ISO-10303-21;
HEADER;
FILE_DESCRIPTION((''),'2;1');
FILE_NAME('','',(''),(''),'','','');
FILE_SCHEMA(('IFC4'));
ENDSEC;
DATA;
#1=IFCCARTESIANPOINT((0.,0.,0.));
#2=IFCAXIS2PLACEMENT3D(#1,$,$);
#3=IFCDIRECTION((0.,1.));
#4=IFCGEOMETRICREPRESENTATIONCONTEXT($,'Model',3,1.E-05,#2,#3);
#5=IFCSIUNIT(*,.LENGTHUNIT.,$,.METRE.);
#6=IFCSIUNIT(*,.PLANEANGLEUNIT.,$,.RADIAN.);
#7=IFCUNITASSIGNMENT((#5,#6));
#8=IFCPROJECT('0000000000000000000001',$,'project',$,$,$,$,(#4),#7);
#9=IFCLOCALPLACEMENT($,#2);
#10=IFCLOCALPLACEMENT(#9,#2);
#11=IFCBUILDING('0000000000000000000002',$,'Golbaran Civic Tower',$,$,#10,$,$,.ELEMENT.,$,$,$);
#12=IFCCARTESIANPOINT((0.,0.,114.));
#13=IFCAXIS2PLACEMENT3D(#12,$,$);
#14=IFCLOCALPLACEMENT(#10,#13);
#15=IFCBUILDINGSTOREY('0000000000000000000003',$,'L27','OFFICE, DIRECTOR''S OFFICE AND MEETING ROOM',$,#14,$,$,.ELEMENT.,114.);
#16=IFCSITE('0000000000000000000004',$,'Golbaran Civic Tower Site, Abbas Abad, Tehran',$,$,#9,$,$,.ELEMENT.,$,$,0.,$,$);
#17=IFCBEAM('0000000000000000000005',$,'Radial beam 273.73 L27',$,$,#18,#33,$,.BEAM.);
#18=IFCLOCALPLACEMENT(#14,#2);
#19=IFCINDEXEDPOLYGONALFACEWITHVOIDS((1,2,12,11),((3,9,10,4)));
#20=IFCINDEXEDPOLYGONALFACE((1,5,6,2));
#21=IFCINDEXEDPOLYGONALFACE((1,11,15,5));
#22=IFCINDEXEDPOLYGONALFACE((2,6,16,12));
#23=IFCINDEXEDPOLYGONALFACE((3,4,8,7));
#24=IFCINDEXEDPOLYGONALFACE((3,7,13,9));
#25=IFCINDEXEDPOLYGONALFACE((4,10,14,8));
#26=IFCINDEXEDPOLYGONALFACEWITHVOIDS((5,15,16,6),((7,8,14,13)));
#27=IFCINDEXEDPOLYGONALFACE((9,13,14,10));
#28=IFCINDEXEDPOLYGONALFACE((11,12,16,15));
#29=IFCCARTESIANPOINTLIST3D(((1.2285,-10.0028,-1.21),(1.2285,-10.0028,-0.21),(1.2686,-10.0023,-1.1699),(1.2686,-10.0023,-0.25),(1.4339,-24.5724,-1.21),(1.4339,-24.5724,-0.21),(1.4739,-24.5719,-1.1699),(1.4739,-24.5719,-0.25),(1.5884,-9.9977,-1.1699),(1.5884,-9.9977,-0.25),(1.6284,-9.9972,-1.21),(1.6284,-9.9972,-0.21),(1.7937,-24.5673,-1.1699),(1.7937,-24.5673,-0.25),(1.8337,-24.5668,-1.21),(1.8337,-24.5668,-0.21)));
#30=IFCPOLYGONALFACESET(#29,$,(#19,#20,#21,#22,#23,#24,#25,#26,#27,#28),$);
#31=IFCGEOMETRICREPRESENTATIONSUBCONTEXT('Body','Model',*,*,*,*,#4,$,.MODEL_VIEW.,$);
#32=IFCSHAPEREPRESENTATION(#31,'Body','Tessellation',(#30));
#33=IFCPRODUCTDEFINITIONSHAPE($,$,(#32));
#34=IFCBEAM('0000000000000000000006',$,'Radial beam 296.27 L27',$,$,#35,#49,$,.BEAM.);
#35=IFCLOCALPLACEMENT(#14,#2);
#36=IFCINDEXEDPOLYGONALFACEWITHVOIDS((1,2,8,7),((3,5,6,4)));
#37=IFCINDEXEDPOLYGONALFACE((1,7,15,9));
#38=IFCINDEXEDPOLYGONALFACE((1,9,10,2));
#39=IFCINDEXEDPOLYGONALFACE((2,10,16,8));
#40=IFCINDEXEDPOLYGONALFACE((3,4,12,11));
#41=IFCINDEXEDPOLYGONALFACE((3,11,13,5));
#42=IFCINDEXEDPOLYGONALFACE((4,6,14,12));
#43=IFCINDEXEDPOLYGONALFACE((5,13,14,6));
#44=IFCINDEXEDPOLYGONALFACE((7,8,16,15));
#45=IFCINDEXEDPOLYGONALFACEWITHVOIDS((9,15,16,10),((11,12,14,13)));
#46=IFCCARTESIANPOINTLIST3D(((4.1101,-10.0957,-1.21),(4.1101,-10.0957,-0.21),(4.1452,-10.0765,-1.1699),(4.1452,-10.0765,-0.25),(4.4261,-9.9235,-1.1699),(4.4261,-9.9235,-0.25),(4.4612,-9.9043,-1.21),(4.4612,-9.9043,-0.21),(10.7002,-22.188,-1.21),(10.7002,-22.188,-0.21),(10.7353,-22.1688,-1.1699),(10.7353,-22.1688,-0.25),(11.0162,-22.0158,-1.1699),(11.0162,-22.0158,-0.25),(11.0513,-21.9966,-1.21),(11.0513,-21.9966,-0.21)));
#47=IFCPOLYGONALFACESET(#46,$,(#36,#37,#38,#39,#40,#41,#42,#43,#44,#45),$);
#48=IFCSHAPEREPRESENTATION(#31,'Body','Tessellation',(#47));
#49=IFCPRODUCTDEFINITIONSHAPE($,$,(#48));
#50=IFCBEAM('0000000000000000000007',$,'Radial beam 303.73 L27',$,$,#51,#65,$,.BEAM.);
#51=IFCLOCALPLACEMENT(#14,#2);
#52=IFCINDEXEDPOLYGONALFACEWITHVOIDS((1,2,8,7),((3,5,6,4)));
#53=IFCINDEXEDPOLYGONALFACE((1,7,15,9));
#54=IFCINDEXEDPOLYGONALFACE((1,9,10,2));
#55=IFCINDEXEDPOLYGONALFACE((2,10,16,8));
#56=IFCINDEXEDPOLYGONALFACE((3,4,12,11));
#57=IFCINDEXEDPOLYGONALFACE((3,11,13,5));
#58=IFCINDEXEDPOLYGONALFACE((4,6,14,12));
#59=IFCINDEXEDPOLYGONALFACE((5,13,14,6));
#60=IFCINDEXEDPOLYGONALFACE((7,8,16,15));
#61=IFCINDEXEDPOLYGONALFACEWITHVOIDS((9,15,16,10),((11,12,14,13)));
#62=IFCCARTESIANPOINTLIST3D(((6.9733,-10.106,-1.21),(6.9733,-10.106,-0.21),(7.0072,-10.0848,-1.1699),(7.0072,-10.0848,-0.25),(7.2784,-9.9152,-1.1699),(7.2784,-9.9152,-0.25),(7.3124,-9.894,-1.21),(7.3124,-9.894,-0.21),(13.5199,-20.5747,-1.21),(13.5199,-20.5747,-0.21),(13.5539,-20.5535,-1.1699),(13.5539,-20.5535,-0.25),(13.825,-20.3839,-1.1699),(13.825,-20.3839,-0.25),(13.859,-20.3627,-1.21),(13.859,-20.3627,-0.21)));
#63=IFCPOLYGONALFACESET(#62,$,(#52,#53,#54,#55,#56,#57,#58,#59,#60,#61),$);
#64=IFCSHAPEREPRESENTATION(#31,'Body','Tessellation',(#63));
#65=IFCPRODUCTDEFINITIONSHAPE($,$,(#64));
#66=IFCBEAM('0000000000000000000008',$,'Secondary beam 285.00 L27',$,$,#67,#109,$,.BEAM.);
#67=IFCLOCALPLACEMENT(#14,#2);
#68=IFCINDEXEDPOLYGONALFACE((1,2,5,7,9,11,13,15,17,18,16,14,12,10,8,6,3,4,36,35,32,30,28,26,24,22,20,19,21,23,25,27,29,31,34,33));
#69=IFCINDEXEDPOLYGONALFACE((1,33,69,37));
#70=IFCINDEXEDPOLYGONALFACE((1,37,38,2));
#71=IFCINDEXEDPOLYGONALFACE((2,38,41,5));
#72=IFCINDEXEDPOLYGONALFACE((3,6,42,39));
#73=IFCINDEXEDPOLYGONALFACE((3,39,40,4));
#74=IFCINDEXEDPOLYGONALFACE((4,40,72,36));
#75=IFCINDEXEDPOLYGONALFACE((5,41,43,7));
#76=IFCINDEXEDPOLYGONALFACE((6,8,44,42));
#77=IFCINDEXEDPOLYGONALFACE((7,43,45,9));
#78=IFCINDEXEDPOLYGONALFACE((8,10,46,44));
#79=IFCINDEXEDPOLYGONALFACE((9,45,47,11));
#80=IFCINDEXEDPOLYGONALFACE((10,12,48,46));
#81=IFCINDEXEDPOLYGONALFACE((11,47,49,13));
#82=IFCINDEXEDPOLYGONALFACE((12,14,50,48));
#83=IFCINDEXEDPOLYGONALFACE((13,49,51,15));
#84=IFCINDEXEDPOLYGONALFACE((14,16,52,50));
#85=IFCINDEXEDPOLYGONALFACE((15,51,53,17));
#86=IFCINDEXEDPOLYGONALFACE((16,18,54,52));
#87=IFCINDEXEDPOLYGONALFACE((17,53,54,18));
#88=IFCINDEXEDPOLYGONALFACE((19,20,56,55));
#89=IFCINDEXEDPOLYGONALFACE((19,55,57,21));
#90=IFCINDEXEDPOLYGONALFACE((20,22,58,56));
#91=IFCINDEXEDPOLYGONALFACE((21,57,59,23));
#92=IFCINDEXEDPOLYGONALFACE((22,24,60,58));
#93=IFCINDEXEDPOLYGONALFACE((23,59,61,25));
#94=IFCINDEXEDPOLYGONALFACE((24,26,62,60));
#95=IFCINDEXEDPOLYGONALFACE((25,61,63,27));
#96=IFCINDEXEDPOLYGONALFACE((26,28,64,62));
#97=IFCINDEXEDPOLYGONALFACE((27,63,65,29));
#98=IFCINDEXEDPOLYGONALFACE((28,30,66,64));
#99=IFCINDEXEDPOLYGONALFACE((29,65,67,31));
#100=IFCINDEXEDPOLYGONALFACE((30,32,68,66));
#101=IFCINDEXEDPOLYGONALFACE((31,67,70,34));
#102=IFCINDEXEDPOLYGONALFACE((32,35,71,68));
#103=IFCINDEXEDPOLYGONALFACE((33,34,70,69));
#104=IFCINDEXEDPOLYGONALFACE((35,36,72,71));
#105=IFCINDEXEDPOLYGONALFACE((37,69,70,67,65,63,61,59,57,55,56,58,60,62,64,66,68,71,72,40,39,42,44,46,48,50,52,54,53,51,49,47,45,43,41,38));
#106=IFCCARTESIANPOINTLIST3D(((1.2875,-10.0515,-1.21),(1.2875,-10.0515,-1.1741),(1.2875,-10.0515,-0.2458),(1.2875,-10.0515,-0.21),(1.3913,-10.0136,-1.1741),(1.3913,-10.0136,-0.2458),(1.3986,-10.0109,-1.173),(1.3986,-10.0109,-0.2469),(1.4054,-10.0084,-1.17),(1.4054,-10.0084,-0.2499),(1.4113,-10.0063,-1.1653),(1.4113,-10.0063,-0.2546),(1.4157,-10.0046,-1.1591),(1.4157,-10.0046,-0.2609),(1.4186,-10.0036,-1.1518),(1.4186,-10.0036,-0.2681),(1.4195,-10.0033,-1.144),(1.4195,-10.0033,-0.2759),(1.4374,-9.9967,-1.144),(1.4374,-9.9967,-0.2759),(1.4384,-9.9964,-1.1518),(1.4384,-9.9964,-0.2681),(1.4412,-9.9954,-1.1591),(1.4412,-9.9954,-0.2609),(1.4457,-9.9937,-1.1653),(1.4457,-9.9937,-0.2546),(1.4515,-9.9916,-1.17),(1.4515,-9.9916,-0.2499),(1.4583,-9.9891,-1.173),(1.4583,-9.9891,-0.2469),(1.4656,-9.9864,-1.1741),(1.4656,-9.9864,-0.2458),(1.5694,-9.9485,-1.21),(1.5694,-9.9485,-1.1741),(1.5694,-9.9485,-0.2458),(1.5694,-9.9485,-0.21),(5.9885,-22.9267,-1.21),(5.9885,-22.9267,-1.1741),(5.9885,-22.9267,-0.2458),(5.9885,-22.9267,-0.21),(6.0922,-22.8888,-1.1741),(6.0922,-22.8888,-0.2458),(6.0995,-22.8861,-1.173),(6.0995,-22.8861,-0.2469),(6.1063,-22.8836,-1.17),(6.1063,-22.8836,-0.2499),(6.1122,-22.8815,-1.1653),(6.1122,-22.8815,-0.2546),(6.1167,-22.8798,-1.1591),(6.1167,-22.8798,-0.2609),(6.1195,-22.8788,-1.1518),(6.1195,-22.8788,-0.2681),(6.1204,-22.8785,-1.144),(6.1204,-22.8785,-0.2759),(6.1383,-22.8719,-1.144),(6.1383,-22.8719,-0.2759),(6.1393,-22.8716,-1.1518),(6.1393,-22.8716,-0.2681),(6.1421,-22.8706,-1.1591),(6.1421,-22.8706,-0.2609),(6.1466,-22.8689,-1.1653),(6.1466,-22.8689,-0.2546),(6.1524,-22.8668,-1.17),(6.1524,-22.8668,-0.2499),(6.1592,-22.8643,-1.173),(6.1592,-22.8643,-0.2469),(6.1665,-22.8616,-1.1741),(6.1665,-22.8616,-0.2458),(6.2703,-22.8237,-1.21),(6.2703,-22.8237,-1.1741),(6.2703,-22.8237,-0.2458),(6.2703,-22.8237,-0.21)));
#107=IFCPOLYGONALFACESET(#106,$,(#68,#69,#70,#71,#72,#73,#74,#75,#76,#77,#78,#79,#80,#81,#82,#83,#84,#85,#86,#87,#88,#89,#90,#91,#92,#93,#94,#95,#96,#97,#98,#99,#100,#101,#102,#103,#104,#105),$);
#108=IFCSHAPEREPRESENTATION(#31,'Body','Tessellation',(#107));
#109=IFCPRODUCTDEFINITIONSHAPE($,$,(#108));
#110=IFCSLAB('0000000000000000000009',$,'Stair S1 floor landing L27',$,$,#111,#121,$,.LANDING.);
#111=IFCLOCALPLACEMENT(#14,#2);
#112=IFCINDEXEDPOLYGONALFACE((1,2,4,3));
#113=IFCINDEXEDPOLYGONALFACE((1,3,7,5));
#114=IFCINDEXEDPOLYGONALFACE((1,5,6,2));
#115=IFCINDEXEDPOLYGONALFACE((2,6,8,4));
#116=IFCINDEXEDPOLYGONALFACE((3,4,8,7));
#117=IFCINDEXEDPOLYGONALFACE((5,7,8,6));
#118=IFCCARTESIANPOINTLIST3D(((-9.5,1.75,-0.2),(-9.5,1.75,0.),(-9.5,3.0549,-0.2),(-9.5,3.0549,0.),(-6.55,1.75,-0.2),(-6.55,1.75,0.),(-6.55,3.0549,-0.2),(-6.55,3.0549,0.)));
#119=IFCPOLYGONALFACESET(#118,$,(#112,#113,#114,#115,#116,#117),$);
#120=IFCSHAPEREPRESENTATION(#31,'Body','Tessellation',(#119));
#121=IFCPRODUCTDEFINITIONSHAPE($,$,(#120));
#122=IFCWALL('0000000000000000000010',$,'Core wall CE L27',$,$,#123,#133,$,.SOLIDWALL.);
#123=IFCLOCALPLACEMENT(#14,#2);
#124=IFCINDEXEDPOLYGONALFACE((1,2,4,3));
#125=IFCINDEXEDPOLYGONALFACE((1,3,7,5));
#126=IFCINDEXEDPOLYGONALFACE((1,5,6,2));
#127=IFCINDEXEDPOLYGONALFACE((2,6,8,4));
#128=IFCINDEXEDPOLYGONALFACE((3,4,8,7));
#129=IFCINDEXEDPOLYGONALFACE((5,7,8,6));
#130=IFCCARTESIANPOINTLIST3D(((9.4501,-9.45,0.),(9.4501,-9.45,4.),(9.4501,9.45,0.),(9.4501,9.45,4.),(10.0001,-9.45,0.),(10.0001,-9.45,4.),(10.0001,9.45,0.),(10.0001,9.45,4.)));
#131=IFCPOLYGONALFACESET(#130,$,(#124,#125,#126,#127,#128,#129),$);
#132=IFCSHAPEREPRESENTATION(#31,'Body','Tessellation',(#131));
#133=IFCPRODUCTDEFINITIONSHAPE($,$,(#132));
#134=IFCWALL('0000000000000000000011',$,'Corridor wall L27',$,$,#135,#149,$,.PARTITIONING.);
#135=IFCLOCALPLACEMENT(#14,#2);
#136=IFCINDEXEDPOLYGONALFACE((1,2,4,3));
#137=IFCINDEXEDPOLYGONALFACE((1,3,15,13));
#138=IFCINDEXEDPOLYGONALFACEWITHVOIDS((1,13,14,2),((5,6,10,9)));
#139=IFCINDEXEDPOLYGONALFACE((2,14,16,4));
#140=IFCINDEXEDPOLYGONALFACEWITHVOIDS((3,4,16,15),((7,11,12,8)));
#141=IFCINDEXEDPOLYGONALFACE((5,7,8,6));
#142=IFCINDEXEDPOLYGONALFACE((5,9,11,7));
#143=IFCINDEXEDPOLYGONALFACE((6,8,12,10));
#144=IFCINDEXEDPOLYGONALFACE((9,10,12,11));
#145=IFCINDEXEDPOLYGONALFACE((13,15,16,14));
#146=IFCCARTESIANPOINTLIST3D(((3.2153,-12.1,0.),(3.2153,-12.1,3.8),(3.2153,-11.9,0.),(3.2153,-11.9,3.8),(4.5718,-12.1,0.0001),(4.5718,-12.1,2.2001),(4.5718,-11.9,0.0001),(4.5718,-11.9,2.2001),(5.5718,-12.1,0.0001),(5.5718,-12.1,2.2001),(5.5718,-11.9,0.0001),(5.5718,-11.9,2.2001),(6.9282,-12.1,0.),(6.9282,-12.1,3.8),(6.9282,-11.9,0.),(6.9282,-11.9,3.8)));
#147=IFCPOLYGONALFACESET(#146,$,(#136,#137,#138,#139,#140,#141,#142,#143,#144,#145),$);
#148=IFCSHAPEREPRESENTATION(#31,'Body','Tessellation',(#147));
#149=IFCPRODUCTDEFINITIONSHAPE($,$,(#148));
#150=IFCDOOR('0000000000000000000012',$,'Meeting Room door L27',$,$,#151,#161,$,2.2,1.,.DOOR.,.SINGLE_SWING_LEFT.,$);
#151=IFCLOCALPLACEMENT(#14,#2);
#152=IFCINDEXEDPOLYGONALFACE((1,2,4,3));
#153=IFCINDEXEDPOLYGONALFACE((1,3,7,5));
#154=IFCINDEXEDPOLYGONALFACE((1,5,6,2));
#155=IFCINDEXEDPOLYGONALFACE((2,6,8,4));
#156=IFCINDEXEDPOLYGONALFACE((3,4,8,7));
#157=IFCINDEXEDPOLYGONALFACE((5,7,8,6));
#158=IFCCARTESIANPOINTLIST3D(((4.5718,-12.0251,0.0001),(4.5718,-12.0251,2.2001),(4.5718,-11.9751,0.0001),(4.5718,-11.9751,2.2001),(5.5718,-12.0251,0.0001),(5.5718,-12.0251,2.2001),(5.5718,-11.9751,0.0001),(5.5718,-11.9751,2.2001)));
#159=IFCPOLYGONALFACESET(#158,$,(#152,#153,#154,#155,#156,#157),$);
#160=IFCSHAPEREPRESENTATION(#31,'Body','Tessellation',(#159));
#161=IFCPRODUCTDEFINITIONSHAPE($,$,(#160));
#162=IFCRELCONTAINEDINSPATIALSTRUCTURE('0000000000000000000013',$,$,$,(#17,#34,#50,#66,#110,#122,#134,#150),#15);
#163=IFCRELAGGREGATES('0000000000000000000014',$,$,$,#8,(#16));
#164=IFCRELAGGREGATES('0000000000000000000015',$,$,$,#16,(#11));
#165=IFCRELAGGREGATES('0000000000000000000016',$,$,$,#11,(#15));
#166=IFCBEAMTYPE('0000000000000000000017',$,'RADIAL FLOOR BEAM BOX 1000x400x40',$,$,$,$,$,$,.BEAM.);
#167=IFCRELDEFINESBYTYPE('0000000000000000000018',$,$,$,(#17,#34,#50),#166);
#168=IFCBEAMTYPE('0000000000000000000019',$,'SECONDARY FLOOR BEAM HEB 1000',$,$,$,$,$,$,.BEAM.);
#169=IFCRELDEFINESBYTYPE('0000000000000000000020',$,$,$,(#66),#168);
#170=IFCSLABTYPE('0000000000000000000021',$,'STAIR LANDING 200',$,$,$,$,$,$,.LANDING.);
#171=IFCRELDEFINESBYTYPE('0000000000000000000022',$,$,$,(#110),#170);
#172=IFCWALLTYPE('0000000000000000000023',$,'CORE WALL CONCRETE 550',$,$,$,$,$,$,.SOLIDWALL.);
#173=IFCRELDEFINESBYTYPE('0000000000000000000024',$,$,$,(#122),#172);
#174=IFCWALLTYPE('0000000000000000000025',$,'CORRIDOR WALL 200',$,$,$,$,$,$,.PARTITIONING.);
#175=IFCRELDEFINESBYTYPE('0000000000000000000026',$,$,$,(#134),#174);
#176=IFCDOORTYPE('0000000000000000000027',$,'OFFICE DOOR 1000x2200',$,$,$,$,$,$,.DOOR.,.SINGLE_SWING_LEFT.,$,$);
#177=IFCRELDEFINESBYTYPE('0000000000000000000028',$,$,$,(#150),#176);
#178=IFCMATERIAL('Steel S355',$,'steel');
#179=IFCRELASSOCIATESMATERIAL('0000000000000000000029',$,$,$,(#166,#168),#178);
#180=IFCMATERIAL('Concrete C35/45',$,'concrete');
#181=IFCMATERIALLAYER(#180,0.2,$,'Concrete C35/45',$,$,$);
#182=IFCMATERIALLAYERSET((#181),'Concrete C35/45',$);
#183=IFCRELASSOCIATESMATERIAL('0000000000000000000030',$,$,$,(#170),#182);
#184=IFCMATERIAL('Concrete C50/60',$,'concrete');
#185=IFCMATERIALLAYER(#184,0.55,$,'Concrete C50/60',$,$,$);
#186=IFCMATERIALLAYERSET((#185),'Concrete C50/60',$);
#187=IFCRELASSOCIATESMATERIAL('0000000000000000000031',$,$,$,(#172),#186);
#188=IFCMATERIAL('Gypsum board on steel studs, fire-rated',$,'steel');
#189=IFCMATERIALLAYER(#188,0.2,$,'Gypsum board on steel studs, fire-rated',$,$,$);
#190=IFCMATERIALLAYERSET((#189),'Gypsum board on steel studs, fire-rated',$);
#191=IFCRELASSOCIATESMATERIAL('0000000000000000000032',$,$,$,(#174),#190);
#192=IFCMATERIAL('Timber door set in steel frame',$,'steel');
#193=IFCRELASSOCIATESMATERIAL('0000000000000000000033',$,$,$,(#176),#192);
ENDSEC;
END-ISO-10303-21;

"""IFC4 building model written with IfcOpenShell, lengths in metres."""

from ifc_helpers import new_model, si_unit, direction, frame, frame_2d, origin, origin_2d, place, context, subcontext, project, spatial, polyline, rectangle, hollow_rectangle, i_section, outline, extrude, material, layer, layer_set, material_profile, profile_set, type_object, element, fill, save


model = new_model("IFC4")

# Units and contexts
model_context = context("Model", 3, precision=1e-05, world=origin(), true_north=direction((0.0, 1.0)))
body_context = subcontext(model_context, "Body", "Model", "MODEL_VIEW")
ifc_project = project(units=[si_unit("LENGTHUNIT", "METRE"), si_unit("PLANEANGLEUNIT", "RADIAN")], contexts=[model_context])

# Site, building, storey
site_placement = place(None, origin())
site = spatial("IfcSite", under=ifc_project, at=site_placement, Name="Golbaran Civic Tower Site, Abbas Abad, Tehran", CompositionType="ELEMENT", RefElevation=0.0)
building_placement = place(site_placement, origin())
building = spatial("IfcBuilding", under=site, at=building_placement, Name="Golbaran Civic Tower", CompositionType="ELEMENT")
storey_placement = place(building_placement, frame((0.0, 0.0, 114.0)))
storey = spatial("IfcBuildingStorey", under=building, at=storey_placement, Name="L27", Description="OFFICE, DIRECTOR'S OFFICE AND MEETING ROOM", CompositionType="ELEMENT", Elevation=114.0)

# Beams
ifc_material_1 = material(Name="Steel S355", Category="steel")
ifc_material_profile_1 = material_profile(ifc_material_1, hollow_rectangle(XDim=0.3999, YDim=1.0, WallThickness=0.04, at=origin_2d()), Name="BOX 1000x400x40")
ifc_profile_set_1 = profile_set([ifc_material_profile_1], Name="Steel S355")
beam_type_1 = type_object("IfcBeamType", Name="RADIAL FLOOR BEAM BOX 1000x400x40", PredefinedType="BEAM", material=ifc_profile_set_1)
beam_1_placement = place(storey_placement, frame((1.4285, -10.0, -0.71), z_axis=(0.014091, -0.999901, 0.0), x_axis=(0.999901, 0.014091, 0.0)))
element("IfcBeam", 1, at=beam_1_placement, inside=storey, type_object=beam_type_1, Name="Radial beam 273.73 L27", PredefinedType="BEAM", context=body_context, shape_type="SweptSolid", body=[
    extrude(hollow_rectangle(XDim=0.3999, YDim=1.0, WallThickness=0.04, at=origin_2d()), origin(), (0.0, 0.0, 1.0), 14.571),
])
beam_2_placement = place(storey_placement, frame((4.2856, -10.0, -0.71), z_axis=(0.478533, -0.87807, 0.0), x_axis=(0.87807, 0.478533, 0.0)))
element("IfcBeam", 2, at=beam_2_placement, inside=storey, type_object=beam_type_1, Name="Radial beam 296.27 L27", PredefinedType="BEAM", context=body_context, shape_type="SweptSolid", body=[
    extrude(hollow_rectangle(XDim=0.3999, YDim=1.0, WallThickness=0.04, at=origin_2d()), origin(), (0.0, 0.0, 1.0), 13.7715),
])
beam_3_placement = place(storey_placement, frame((7.1428, -10.0, -0.71), z_axis=(0.530212, -0.847865, 0.0), x_axis=(0.847865, 0.530212, 0.0)))
element("IfcBeam", 3, at=beam_3_placement, inside=storey, type_object=beam_type_1, Name="Radial beam 303.73 L27", PredefinedType="BEAM", context=body_context, shape_type="SweptSolid", body=[
    extrude(hollow_rectangle(XDim=0.3999, YDim=1.0, WallThickness=0.04, at=origin_2d()), origin(), (0.0, 0.0, 1.0), 12.3472),
])
ifc_material_profile_2 = material_profile(ifc_material_1, i_section(OverallWidth=0.3, OverallDepth=1.0, WebThickness=0.019, FlangeThickness=0.0359, FilletRadius=0.03, at=origin_2d()), Name="HEB 1000")
ifc_profile_set_2 = profile_set([ifc_material_profile_2], Name="Steel S355")
beam_type_2 = type_object("IfcBeamType", Name="SECONDARY FLOOR BEAM HEB 1000", PredefinedType="BEAM", material=ifc_profile_set_2)
beam_4_placement = place(storey_placement, frame((1.4285, -10.0, -0.71), z_axis=(0.342968, -0.939347, 0.0), x_axis=(0.939347, 0.342968, 0.0)))
element("IfcBeam", 4, at=beam_4_placement, inside=storey, type_object=beam_type_2, Name="Secondary beam 285.00 L27", PredefinedType="BEAM", context=body_context, shape_type="SweptSolid", body=[
    extrude(i_section(OverallWidth=0.3, OverallDepth=1.0, WebThickness=0.019, FlangeThickness=0.0359, FilletRadius=0.03, at=origin_2d()), origin(), (0.0, 0.0, 1.0), 13.7065),
])

# Slab
ifc_material_2 = material(Name="Concrete C35/45", Category="concrete")
ifc_layer_1 = layer(ifc_material_2, 0.2, Name="Concrete C35/45")
ifc_layer_set_1 = layer_set([ifc_layer_1], Name="Concrete C35/45")
slab_type = type_object("IfcSlabType", Name="STAIR LANDING 200", PredefinedType="LANDING", material=ifc_layer_set_1)
slab_placement = place(storey_placement, frame((0.0, 0.0, -0.2)))
element("IfcSlab", 5, at=slab_placement, inside=storey, type_object=slab_type, Name="Stair S1 floor landing L27", PredefinedType="LANDING", context=body_context, shape_type="SweptSolid", body=[
    extrude(outline(polyline([(-9.5, 1.75), (-9.5, 3.0549), (-6.55, 3.0549), (-6.55, 1.75), (-9.5, 1.75)])), origin(), (0.0, 0.0, 1.0), 0.2),
])

# Wall
ifc_material_3 = material(Name="Concrete C50/60", Category="concrete")
ifc_layer_2 = layer(ifc_material_3, 0.55, Name="Concrete C50/60")
ifc_layer_set_2 = layer_set([ifc_layer_2], Name="Concrete C50/60")
wall_type_1 = type_object("IfcWallType", Name="CORE WALL CONCRETE 550", PredefinedType="SOLIDWALL", material=ifc_layer_set_2)
wall_1_placement = place(storey_placement, frame((9.7251, -9.45, 0.0), z_axis=(0.0, 0.0, 1.0), x_axis=(0.0, 1.0, 0.0)))
element("IfcWall", 6, at=wall_1_placement, inside=storey, type_object=wall_type_1, Name="Core wall CE L27", PredefinedType="SOLIDWALL", context=body_context, shape_type="SweptSolid", body=[
    extrude(rectangle(XDim=18.8999, YDim=0.55, at=frame_2d((9.45, 0.0))), origin(), (0.0, 0.0, 1.0), 4.0),
])

# Wall, opening, door
ifc_material_4 = material(Name="Gypsum board on steel studs, fire-rated", Category="steel")
ifc_layer_3 = layer(ifc_material_4, 0.2, Name="Gypsum board on steel studs, fire-rated")
ifc_layer_set_3 = layer_set([ifc_layer_3], Name="Gypsum board on steel studs, fire-rated")
wall_type_2 = type_object("IfcWallType", Name="CORRIDOR WALL 200", PredefinedType="PARTITIONING", material=ifc_layer_set_3)
wall_2_placement = place(storey_placement, frame((3.2153, -12.0, 0.0), z_axis=(0.0, 0.0, 1.0), x_axis=(1.0, 0.0, 0.0)))
wall_2 = element("IfcWall", 7, at=wall_2_placement, inside=storey, type_object=wall_type_2, Name="Corridor wall L27", PredefinedType="PARTITIONING", context=body_context, shape_type="SweptSolid", body=[
    extrude(rectangle(XDim=3.7129, YDim=0.2, at=frame_2d((1.8564, 0.0))), origin(), (0.0, 0.0, 1.0), 3.8),
])
opening_1_placement = place(wall_2_placement, frame((1.3564, 0.0, 0.0)))
opening_1 = element("IfcOpeningElement", 8, at=opening_1_placement, cuts=wall_2, PredefinedType="OPENING", context=body_context, shape_type="SweptSolid", body=[
    extrude(rectangle(XDim=1.0, YDim=2.2, at=frame_2d((0.5, 1.1001))), frame((0.0, 0.1099, 0.0), z_axis=(0.0, -1.0, 0.0), x_axis=(1.0, 0.0, 0.0)), (0.0, 0.0, 1.0), 0.22),
])
ifc_material_5 = material(Name="Timber door set in steel frame", Category="steel")
door_type_1 = type_object("IfcDoorType", Name="OFFICE DOOR 1000x2200", OperationType="SINGLE_SWING_LEFT", PredefinedType="DOOR", material=ifc_material_5)
door_1_placement = place(opening_1_placement, origin())
door_1 = element("IfcDoor", 9, at=door_1_placement, inside=storey, type_object=door_type_1, Name="Meeting Room door L27", OperationType="SINGLE_SWING_LEFT", OverallHeight=2.2, OverallWidth=1.0, PredefinedType="DOOR", context=body_context, shape_type="SweptSolid", body=[
    extrude(rectangle(XDim=1.0, YDim=2.2, at=frame_2d((0.5, 1.1001))), frame((0.0, 0.0249, 0.0), z_axis=(0.0, -1.0, 0.0), x_axis=(1.0, 0.0, 0.0)), (0.0, 0.0, 1.0), 0.05),
])
fill(opening_1, door_1)

save(model, "model.ifc")
